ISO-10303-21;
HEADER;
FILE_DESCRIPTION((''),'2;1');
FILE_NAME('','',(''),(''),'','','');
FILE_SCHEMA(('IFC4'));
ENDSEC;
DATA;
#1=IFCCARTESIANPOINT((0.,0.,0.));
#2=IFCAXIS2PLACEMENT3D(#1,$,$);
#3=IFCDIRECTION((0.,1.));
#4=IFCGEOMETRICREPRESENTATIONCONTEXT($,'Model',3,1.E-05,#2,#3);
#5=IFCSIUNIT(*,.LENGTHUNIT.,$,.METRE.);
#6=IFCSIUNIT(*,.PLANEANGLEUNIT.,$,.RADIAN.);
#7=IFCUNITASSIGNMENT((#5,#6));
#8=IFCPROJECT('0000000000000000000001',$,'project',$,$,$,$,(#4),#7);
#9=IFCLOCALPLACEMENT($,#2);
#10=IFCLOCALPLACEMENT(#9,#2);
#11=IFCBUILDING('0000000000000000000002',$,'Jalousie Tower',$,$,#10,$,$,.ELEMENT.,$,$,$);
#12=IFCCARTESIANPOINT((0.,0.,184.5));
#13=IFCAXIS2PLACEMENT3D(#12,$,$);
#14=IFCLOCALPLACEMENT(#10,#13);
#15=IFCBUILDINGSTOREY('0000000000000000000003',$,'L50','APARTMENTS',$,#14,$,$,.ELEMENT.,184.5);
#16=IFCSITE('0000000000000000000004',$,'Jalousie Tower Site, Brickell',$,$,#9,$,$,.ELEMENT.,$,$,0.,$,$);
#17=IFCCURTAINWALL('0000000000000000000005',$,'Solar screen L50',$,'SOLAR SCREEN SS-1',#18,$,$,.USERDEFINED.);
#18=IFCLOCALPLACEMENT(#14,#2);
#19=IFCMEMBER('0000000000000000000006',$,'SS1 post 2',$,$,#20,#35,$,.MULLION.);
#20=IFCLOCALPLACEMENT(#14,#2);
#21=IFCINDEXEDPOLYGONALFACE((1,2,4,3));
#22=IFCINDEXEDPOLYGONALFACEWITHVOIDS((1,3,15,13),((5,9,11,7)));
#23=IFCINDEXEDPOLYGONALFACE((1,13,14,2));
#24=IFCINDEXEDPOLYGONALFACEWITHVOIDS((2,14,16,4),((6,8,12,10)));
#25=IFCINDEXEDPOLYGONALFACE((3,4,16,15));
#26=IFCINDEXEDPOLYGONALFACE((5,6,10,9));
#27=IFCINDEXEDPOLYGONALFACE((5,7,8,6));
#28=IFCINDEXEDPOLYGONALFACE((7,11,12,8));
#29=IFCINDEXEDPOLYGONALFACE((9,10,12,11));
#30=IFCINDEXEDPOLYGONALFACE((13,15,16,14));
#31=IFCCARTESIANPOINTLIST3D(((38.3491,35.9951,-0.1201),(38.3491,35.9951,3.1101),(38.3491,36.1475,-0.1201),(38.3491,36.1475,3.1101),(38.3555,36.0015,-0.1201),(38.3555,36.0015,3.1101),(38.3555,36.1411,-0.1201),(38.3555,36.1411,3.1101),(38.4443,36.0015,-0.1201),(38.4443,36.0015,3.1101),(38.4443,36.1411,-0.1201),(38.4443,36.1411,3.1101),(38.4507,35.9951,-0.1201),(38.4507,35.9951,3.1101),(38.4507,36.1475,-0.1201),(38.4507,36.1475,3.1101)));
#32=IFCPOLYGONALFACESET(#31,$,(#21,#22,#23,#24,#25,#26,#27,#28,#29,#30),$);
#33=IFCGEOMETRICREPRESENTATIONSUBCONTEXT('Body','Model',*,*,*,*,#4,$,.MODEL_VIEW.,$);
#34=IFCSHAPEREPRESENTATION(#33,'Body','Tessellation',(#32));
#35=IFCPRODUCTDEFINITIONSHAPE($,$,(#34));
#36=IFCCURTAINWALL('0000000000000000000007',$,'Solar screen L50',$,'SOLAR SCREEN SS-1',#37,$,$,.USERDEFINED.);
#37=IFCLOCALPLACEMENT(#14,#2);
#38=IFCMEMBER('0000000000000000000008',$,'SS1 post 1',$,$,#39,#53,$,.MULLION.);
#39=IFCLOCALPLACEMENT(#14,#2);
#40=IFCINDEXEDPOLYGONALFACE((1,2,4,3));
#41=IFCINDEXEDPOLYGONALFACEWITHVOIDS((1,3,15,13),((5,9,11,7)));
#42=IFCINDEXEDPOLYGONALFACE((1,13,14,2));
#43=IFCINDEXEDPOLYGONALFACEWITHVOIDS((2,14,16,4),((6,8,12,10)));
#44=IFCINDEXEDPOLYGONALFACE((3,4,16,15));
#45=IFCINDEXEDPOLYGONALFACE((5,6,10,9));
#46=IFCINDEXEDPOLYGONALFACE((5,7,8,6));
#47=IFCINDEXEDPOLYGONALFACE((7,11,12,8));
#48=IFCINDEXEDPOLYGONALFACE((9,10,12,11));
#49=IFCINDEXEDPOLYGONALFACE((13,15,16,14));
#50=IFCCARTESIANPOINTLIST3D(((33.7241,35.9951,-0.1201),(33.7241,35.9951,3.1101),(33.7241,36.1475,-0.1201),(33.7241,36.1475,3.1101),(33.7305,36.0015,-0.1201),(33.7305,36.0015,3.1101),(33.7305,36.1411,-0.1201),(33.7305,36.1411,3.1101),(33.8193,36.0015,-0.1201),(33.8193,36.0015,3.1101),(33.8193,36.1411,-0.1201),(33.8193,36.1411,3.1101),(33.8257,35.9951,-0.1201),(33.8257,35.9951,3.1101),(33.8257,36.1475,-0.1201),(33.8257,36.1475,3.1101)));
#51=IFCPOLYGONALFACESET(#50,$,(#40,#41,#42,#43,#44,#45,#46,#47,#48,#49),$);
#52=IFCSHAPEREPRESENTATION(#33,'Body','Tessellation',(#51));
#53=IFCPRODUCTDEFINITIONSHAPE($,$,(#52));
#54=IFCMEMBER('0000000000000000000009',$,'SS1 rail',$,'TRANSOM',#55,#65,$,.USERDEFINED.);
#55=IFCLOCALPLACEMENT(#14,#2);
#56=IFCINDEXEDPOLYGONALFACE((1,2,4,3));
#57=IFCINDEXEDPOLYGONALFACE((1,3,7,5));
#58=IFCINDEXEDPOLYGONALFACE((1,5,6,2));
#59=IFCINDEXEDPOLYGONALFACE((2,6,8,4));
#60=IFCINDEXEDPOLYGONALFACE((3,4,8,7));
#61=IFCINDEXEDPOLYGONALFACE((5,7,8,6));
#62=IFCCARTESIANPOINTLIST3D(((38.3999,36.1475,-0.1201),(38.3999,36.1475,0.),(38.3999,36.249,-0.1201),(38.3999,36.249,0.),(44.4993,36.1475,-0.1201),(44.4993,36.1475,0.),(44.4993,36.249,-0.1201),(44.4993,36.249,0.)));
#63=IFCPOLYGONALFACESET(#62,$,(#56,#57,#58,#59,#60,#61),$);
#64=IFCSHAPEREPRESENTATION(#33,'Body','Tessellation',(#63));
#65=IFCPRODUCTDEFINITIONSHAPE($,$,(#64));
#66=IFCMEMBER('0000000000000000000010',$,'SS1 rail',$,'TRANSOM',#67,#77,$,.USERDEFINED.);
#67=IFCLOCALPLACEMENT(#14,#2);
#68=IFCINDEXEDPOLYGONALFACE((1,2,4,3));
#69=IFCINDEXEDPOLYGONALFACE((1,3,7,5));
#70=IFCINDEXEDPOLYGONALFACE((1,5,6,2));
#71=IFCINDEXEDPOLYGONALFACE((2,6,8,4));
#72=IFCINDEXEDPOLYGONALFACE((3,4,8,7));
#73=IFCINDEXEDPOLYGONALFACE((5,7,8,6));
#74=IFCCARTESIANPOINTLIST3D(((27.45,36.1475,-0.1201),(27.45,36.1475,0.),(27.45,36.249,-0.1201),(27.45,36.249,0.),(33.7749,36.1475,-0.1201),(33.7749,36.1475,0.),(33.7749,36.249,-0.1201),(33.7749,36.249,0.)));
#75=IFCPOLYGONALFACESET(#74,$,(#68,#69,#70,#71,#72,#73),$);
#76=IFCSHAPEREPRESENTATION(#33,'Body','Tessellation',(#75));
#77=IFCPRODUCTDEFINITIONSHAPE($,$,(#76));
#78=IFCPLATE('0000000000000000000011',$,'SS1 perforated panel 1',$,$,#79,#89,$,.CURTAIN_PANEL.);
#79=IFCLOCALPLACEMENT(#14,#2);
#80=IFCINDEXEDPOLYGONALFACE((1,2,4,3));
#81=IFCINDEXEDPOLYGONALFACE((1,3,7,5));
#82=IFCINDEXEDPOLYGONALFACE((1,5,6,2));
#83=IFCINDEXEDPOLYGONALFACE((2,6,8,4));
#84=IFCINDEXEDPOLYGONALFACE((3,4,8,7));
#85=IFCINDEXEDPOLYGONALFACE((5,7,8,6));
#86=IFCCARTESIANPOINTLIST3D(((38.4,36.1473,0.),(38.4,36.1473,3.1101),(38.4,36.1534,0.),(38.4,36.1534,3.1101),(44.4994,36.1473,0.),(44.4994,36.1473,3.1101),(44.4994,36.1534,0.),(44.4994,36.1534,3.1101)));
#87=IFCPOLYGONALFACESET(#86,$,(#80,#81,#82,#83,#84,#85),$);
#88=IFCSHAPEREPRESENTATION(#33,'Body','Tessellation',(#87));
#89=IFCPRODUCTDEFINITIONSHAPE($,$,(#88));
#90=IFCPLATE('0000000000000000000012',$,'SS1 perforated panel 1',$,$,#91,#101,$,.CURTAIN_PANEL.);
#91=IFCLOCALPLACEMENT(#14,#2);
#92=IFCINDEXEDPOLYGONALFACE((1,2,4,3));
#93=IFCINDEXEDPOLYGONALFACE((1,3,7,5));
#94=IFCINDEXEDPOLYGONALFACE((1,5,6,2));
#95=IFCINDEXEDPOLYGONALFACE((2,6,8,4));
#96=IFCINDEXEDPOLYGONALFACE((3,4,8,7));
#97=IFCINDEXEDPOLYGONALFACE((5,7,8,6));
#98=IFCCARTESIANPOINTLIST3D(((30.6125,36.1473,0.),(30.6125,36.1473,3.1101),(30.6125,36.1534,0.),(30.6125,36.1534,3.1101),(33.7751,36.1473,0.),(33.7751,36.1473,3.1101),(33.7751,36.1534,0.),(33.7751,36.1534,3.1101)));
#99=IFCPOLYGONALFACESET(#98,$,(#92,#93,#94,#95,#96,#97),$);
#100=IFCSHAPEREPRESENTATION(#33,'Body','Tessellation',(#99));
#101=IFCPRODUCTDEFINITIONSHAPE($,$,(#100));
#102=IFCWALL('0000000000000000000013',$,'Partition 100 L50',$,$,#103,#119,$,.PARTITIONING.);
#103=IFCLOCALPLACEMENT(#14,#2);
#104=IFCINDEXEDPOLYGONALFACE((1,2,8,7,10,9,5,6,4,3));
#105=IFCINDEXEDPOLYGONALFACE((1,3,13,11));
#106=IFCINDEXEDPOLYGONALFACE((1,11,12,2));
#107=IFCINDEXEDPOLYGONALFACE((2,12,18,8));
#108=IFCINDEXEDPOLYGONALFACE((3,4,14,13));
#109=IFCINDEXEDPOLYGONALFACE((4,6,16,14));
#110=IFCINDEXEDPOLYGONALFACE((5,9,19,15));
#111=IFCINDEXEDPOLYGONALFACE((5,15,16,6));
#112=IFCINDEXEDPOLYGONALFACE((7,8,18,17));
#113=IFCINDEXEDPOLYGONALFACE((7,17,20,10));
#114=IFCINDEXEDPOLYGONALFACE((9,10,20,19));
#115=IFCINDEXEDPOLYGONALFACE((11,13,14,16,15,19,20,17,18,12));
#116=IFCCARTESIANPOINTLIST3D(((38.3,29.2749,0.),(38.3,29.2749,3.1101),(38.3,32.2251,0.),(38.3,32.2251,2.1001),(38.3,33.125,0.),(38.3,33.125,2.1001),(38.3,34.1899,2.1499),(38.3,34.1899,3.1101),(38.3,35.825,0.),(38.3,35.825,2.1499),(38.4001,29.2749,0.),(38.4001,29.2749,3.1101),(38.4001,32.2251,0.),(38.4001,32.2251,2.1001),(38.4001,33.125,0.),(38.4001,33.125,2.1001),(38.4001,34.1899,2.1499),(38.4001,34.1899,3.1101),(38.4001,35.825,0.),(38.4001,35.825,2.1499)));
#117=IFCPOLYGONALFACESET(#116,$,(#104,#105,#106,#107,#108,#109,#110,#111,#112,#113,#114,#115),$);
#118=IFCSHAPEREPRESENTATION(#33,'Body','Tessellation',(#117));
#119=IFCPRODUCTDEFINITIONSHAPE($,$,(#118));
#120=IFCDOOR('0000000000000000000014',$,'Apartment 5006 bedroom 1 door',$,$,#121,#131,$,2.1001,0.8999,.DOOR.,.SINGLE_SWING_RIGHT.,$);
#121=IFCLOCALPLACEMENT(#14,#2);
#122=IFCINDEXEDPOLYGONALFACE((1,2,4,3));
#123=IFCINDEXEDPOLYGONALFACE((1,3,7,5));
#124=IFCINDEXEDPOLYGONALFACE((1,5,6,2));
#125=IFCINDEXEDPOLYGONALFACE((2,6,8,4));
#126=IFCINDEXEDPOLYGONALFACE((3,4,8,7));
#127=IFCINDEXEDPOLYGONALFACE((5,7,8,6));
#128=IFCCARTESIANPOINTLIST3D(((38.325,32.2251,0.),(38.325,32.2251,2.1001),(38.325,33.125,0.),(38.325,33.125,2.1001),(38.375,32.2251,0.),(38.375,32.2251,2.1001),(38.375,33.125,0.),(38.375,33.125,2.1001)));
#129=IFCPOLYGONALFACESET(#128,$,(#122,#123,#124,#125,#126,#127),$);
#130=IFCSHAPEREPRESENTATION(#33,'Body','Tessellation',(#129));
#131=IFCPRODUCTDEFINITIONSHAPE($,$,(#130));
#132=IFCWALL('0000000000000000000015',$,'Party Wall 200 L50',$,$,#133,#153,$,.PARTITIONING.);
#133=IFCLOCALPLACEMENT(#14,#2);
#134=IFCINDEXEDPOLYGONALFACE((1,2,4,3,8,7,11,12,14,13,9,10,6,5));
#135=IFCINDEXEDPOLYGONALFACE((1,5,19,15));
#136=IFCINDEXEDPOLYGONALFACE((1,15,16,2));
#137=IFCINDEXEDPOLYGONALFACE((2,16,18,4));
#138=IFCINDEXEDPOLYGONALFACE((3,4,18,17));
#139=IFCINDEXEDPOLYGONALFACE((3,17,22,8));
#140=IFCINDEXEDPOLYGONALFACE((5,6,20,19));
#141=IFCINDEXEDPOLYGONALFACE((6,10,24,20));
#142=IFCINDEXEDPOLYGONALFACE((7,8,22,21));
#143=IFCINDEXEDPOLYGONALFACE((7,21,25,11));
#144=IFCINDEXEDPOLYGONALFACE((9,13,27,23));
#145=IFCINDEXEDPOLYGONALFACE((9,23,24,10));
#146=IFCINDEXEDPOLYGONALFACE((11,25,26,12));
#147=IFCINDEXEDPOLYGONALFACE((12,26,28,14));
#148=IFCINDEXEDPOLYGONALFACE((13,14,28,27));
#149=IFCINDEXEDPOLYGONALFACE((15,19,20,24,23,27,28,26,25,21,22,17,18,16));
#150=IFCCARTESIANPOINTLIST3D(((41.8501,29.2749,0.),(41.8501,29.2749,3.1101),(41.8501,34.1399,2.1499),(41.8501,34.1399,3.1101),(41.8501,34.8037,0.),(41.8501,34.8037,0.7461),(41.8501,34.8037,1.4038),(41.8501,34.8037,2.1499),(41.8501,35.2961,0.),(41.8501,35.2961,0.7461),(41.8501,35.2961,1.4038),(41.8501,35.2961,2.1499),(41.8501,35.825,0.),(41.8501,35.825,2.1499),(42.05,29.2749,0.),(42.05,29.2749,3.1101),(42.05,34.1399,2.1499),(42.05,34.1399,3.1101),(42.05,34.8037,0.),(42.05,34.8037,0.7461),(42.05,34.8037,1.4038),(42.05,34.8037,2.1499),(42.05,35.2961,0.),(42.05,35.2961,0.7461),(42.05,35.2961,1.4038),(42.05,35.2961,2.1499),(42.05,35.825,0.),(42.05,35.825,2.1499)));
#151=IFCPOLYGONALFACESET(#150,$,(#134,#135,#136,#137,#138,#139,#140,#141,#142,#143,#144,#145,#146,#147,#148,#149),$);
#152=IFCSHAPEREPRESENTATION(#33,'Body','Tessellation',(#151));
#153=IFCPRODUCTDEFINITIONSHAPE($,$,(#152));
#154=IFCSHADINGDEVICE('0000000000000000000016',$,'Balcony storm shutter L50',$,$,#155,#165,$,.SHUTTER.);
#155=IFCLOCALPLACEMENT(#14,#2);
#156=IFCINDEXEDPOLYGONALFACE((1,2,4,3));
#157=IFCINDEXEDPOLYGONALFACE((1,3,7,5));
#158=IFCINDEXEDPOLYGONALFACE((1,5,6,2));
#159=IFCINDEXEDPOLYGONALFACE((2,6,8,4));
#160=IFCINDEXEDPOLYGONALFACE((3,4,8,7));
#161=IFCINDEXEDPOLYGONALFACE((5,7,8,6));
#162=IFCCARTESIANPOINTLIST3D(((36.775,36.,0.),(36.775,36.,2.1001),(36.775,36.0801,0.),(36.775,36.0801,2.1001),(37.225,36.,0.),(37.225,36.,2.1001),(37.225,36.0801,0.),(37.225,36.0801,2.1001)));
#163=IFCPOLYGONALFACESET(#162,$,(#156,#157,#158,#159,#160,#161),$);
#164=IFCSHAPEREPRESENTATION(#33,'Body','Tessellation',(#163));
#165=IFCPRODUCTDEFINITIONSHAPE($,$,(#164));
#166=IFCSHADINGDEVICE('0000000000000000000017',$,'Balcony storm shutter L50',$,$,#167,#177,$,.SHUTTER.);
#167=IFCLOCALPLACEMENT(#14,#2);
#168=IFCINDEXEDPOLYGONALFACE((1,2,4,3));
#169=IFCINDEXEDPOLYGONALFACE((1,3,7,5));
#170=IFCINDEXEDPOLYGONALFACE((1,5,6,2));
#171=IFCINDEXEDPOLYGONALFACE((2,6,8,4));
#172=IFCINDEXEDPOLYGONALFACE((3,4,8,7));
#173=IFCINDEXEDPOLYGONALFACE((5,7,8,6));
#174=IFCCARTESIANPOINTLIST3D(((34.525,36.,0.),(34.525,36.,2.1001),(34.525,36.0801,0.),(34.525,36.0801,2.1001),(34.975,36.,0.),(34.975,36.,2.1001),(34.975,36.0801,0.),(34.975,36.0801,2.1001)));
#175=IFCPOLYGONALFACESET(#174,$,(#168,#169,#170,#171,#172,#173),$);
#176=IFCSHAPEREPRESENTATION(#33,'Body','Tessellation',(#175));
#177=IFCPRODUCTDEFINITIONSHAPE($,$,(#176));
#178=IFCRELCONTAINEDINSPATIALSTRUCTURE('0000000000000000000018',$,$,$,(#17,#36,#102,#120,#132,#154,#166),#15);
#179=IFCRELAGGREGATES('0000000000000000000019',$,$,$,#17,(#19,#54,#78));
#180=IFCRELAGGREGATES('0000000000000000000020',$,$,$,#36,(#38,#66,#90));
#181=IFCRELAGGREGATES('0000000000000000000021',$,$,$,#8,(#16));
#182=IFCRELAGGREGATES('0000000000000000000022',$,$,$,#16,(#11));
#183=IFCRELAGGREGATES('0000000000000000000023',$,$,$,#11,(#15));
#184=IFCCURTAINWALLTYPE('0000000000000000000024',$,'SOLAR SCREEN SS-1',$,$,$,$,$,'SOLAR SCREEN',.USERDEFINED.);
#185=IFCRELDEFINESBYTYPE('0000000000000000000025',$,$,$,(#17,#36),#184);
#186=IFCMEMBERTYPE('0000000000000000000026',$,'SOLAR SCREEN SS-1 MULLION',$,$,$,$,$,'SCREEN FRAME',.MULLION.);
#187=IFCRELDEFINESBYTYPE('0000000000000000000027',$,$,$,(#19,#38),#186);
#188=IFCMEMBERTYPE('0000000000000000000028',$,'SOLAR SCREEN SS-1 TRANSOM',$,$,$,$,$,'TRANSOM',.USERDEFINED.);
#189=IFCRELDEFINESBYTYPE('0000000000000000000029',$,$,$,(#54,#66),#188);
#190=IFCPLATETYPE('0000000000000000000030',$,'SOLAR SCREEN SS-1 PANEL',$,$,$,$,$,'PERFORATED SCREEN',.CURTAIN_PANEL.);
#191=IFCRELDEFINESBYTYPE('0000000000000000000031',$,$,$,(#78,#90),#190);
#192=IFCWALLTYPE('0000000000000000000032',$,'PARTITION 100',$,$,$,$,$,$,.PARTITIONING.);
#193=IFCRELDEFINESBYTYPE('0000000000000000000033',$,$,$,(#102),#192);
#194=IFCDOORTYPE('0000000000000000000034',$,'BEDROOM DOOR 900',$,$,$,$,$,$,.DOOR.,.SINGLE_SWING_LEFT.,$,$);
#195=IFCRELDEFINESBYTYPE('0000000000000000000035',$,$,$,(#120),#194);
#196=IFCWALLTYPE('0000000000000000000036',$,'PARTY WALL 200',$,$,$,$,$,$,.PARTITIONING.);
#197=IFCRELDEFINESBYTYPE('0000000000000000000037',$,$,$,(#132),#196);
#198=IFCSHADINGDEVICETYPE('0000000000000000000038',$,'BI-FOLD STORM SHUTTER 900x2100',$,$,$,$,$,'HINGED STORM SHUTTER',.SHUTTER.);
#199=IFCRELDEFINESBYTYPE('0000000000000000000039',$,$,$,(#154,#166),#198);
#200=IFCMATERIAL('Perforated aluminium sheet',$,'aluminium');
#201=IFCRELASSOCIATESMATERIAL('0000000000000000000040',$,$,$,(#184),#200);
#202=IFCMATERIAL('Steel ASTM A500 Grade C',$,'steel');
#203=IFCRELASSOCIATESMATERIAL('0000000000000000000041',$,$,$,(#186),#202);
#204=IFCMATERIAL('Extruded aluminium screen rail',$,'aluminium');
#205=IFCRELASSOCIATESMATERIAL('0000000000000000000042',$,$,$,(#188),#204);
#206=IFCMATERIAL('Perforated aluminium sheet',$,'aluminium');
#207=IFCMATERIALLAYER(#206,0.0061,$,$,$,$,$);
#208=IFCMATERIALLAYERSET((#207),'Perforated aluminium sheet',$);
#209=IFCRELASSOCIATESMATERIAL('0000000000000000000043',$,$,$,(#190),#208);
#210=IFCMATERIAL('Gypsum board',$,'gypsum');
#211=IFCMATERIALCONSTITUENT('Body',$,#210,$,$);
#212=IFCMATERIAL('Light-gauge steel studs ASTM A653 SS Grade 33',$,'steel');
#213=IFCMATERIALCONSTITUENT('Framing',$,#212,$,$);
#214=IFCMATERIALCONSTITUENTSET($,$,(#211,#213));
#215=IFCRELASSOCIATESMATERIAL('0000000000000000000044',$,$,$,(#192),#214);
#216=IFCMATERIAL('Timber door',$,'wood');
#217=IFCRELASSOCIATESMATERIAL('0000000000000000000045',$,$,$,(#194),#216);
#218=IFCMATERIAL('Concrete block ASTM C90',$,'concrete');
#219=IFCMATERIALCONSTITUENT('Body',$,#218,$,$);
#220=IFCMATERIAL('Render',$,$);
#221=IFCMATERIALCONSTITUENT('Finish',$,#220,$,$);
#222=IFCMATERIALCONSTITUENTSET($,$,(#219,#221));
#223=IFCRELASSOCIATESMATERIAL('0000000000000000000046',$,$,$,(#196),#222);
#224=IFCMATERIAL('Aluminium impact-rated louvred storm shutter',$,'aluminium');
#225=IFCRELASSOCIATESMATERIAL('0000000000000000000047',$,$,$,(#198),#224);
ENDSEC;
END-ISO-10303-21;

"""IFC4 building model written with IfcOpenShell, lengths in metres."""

from ifc_helpers import new_model, si_unit, direction, frame, frame_2d, origin, origin_2d, place, context, subcontext, project, spatial, polyline, rectangle, hollow_rectangle, outline, extrude, material, layer, layer_set, constituent, constituent_set, material_profile, profile_set, type_object, element, fill, aggregate, save


model = new_model("IFC4")

# Units and contexts
model_context = context("Model", 3, precision=1e-05, world=origin(), true_north=direction((0.0, 1.0)))
body_context = subcontext(model_context, "Body", "Model", "MODEL_VIEW")
ifc_project = project(units=[si_unit("LENGTHUNIT", "METRE"), si_unit("PLANEANGLEUNIT", "RADIAN")], contexts=[model_context])

# Site, building, storey
site_placement = place(None, origin())
site = spatial("IfcSite", under=ifc_project, at=site_placement, Name="Jalousie Tower Site, Brickell", CompositionType="ELEMENT", RefElevation=0.0)
building_placement = place(site_placement, origin())
building = spatial("IfcBuilding", under=site, at=building_placement, Name="Jalousie Tower", CompositionType="ELEMENT")
storey_placement = place(building_placement, frame((0.0, 0.0, 184.5)))
storey = spatial("IfcBuildingStorey", under=building, at=storey_placement, Name="L50", Description="APARTMENTS", CompositionType="ELEMENT", Elevation=184.5)

# Curtain wall, member
ifc_material_1 = material(Name="Perforated aluminium sheet", Category="aluminium")
curtain_wall_type = type_object("IfcCurtainWallType", Name="SOLAR SCREEN SS-1", ElementType="SOLAR SCREEN", PredefinedType="USERDEFINED", material=ifc_material_1)
curtain_wall_1_placement = place(storey_placement, origin())
curtain_wall_1 = element("IfcCurtainWall", 1, at=curtain_wall_1_placement, inside=storey, type_object=curtain_wall_type, Name="Solar screen L50", ObjectType="SOLAR SCREEN SS-1", PredefinedType="USERDEFINED")
ifc_material_2 = material(Name="Steel ASTM A500 Grade C", Category="steel")
ifc_material_profile_1 = material_profile(ifc_material_2, hollow_rectangle(XDim=0.1016, YDim=0.1523, WallThickness=0.0063, at=origin_2d()), Name="HSS6X4X1/4")
ifc_profile_set_1 = profile_set([ifc_material_profile_1], Name="Steel ASTM A500 Grade C")
member_type_1 = type_object("IfcMemberType", Name="SOLAR SCREEN SS-1 MULLION", ElementType="SCREEN FRAME", PredefinedType="MULLION", material=ifc_profile_set_1)
member_1_placement = place(storey_placement, frame((38.3999, 36.0713, -0.1201), z_axis=(0.0, 0.0, 1.0), x_axis=(-1.0, 0.0, 0.0)))
member_1 = element("IfcMember", 2, at=member_1_placement, type_object=member_type_1, Name="SS1 post 2", PredefinedType="MULLION", context=body_context, shape_type="SweptSolid", body=[
    extrude(hollow_rectangle(XDim=0.1016, YDim=0.1523, WallThickness=0.0063, at=origin_2d()), origin(), (0.0, 0.0, 1.0), 3.2302),
])

# Curtain wall, member
curtain_wall_2_placement = place(storey_placement, origin())
curtain_wall_2 = element("IfcCurtainWall", 3, at=curtain_wall_2_placement, inside=storey, type_object=curtain_wall_type, Name="Solar screen L50", ObjectType="SOLAR SCREEN SS-1", PredefinedType="USERDEFINED")
member_2_placement = place(storey_placement, frame((33.7749, 36.0713, -0.1201), z_axis=(0.0, 0.0, 1.0), x_axis=(-1.0, 0.0, 0.0)))
member_2 = element("IfcMember", 4, at=member_2_placement, type_object=member_type_1, Name="SS1 post 1", PredefinedType="MULLION", context=body_context, shape_type="SweptSolid", body=[
    extrude(hollow_rectangle(XDim=0.1016, YDim=0.1523, WallThickness=0.0063, at=origin_2d()), origin(), (0.0, 0.0, 1.0), 3.2302),
])

# Members
ifc_material_3 = material(Name="Extruded aluminium screen rail", Category="aluminium")
ifc_material_profile_2 = material_profile(ifc_material_3, rectangle(XDim=0.1016, YDim=0.1201, at=origin_2d()), Name="RAIL 102x120")
ifc_profile_set_2 = profile_set([ifc_material_profile_2], Name="Extruded aluminium screen rail")
member_type_2 = type_object("IfcMemberType", Name="SOLAR SCREEN SS-1 TRANSOM", ElementType="TRANSOM", PredefinedType="USERDEFINED", material=ifc_profile_set_2)
member_3_placement = place(storey_placement, frame((44.4993, 36.1982, -0.0601), z_axis=(-1.0, 0.0, 0.0), x_axis=(0.0, -1.0, 0.0)))
member_3 = element("IfcMember", 5, at=member_3_placement, type_object=member_type_2, Name="SS1 rail", ObjectType="TRANSOM", PredefinedType="USERDEFINED", context=body_context, shape_type="SweptSolid", body=[
    extrude(rectangle(XDim=0.1016, YDim=0.1201, at=origin_2d()), origin(), (0.0, 0.0, 1.0), 6.0994),
])
member_4_placement = place(storey_placement, frame((33.7749, 36.1982, -0.0601), z_axis=(-1.0, 0.0, 0.0), x_axis=(0.0, -1.0, 0.0)))
member_4 = element("IfcMember", 6, at=member_4_placement, type_object=member_type_2, Name="SS1 rail", ObjectType="TRANSOM", PredefinedType="USERDEFINED", context=body_context, shape_type="SweptSolid", body=[
    extrude(rectangle(XDim=0.1016, YDim=0.1201, at=origin_2d()), origin(), (0.0, 0.0, 1.0), 6.325),
])

# Plates
ifc_material_4 = material(Name="Perforated aluminium sheet", Category="aluminium")
ifc_layer_1 = layer(ifc_material_4, 0.0061)
ifc_layer_set_1 = layer_set([ifc_layer_1], Name="Perforated aluminium sheet")
plate_type = type_object("IfcPlateType", Name="SOLAR SCREEN SS-1 PANEL", ElementType="PERFORATED SCREEN", PredefinedType="CURTAIN_PANEL", material=ifc_layer_set_1)
plate_1_placement = place(storey_placement, frame((41.4497, 36.1504, 0.0), z_axis=(0.0, 0.0, 1.0), x_axis=(-1.0, 0.0, 0.0)))
plate_1 = element("IfcPlate", 7, at=plate_1_placement, type_object=plate_type, Name="SS1 perforated panel 1", PredefinedType="CURTAIN_PANEL", context=body_context, shape_type="SweptSolid", body=[
    extrude(rectangle(XDim=6.0994, YDim=0.0061, at=origin_2d()), origin(), (0.0, 0.0, 1.0), 3.1101),
])
aggregate(curtain_wall_1, [member_1, member_3, plate_1])
plate_2_placement = place(storey_placement, frame((32.1938, 36.1504, 0.0), z_axis=(0.0, 0.0, 1.0), x_axis=(-1.0, 0.0, 0.0)))
plate_2 = element("IfcPlate", 8, at=plate_2_placement, type_object=plate_type, Name="SS1 perforated panel 1", PredefinedType="CURTAIN_PANEL", context=body_context, shape_type="SweptSolid", body=[
    extrude(rectangle(XDim=3.1626, YDim=0.0061, at=origin_2d()), origin(), (0.0, 0.0, 1.0), 3.1101),
])
aggregate(curtain_wall_2, [member_2, member_4, plate_2])

# Wall, opening, door
ifc_material_5 = material(Name="Gypsum board", Category="gypsum")
ifc_constituent_1 = constituent(ifc_material_5, Name="Body")
ifc_material_6 = material(Name="Light-gauge steel studs ASTM A653 SS Grade 33", Category="steel")
ifc_constituent_2 = constituent(ifc_material_6, Name="Framing")
ifc_constituent_set_1 = constituent_set(constituents=[ifc_constituent_1, ifc_constituent_2])
wall_type_1 = type_object("IfcWallType", Name="PARTITION 100", PredefinedType="PARTITIONING", material=ifc_constituent_set_1)
wall_1_placement = place(storey_placement, frame((38.3501, 35.825, 0.0), z_axis=(0.0, 0.0, 1.0), x_axis=(0.0, -1.0, 0.0)))
wall_1 = element("IfcWall", 9, at=wall_1_placement, inside=storey, type_object=wall_type_1, Name="Partition 100 L50", PredefinedType="PARTITIONING", context=body_context, shape_type="SweptSolid", body=[
    extrude(outline(polyline([(0.0, 0.0), (6.55, 0.0), (6.55, 3.1101), (1.635, 3.1101), (1.635, 2.1499), (0.0, 2.1499), (0.0, 3.1101), (0.0, 0.0)])), frame((0.0, 0.05, 0.0), z_axis=(0.0, -1.0, 0.0), x_axis=(1.0, 0.0, 0.0)), (0.0, 0.0, 1.0), 0.1001),
])
opening_placement = place(wall_1_placement, frame((2.7, 0.0, 0.0)))
opening = element("IfcOpeningElement", 10, at=opening_placement, cuts=wall_1, PredefinedType="OPENING", context=body_context, shape_type="SweptSolid", body=[
    extrude(rectangle(XDim=0.8999, YDim=2.1001, at=frame_2d((0.45, 1.05))), frame((0.0, 0.0601, 0.0), z_axis=(0.0, -1.0, 0.0), x_axis=(1.0, 0.0, 0.0)), (0.0, 0.0, 1.0), 0.1201),
])
ifc_material_7 = material(Name="Timber door", Category="wood")
door_type = type_object("IfcDoorType", Name="BEDROOM DOOR 900", OperationType="SINGLE_SWING_LEFT", PredefinedType="DOOR", material=ifc_material_7)
door_placement = place(opening_placement, origin())
door = element("IfcDoor", 11, at=door_placement, inside=storey, type_object=door_type, Name="Apartment 5006 bedroom 1 door", OperationType="SINGLE_SWING_RIGHT", OverallHeight=2.1001, OverallWidth=0.8999, PredefinedType="DOOR", context=body_context, shape_type="SweptSolid", body=[
    extrude(rectangle(XDim=0.8999, YDim=2.1001, at=frame_2d((0.45, 1.05))), frame((0.0, 0.0249, 0.0), z_axis=(0.0, -1.0, 0.0), x_axis=(1.0, 0.0, 0.0)), (0.0, 0.0, 1.0), 0.05),
])
fill(opening, door)

# Wall
ifc_material_8 = material(Name="Concrete block ASTM C90", Category="concrete")
ifc_constituent_3 = constituent(ifc_material_8, Name="Body")
ifc_material_9 = material(Name="Render")
ifc_constituent_4 = constituent(ifc_material_9, Name="Finish")
ifc_constituent_set_2 = constituent_set(constituents=[ifc_constituent_3, ifc_constituent_4])
wall_type_2 = type_object("IfcWallType", Name="PARTY WALL 200", PredefinedType="PARTITIONING", material=ifc_constituent_set_2)
wall_2_placement = place(storey_placement, frame((41.95, 35.825, 0.0), z_axis=(0.0, 0.0, 1.0), x_axis=(0.0, -1.0, 0.0)))
element("IfcWall", 12, at=wall_2_placement, inside=storey, type_object=wall_type_2, Name="Party Wall 200 L50", PredefinedType="PARTITIONING", context=body_context, shape_type="SweptSolid", body=[
    extrude(outline(polyline([(0.5288, 2.1499), (0.0, 2.1499), (0.0, 0.0), (0.5288, 0.0), (0.5288, 0.7461), (1.0212, 0.7461), (1.0212, 0.0), (6.55, 0.0), (6.55, 3.1101), (1.6851, 3.1101), (1.6851, 2.1499), (1.0212, 2.1499), (1.0212, 1.4038), (0.5288, 1.4038), (0.5288, 2.1499)])), frame((0.0, 0.1001, 0.0), z_axis=(0.0, -1.0, 0.0), x_axis=(1.0, 0.0, 0.0)), (0.0, 0.0, 1.0), 0.2),
])

# Shading devices
ifc_material_10 = material(Name="Aluminium impact-rated louvred storm shutter", Category="aluminium")
shading_device_type_1 = type_object("IfcShadingDeviceType", Name="BI-FOLD STORM SHUTTER 900x2100", ElementType="HINGED STORM SHUTTER", PredefinedType="SHUTTER", material=ifc_material_10)
for number, where, z_axis, x_axis, name in (
    (13, (37.0, 36.04, 0.0), (0.0, 0.0, 1.0), (-1.0, 0.0, 0.0), "Balcony storm shutter L50"),
    (14, (34.75, 36.04, 0.0), (0.0, 0.0, 1.0), (-1.0, 0.0, 0.0), "Balcony storm shutter L50"),
):
    element("IfcShadingDevice", number, at=place(storey_placement, frame(where, z_axis=z_axis, x_axis=x_axis)), inside=storey, type_object=shading_device_type_1, Name=name, PredefinedType="SHUTTER", context=body_context, shape_type="SweptSolid", body=[
        extrude(rectangle(XDim=0.45, YDim=0.0801, at=origin_2d()), origin(), (0.0, 0.0, 1.0), 2.1001),
    ])

save(model, "model.ifc")
